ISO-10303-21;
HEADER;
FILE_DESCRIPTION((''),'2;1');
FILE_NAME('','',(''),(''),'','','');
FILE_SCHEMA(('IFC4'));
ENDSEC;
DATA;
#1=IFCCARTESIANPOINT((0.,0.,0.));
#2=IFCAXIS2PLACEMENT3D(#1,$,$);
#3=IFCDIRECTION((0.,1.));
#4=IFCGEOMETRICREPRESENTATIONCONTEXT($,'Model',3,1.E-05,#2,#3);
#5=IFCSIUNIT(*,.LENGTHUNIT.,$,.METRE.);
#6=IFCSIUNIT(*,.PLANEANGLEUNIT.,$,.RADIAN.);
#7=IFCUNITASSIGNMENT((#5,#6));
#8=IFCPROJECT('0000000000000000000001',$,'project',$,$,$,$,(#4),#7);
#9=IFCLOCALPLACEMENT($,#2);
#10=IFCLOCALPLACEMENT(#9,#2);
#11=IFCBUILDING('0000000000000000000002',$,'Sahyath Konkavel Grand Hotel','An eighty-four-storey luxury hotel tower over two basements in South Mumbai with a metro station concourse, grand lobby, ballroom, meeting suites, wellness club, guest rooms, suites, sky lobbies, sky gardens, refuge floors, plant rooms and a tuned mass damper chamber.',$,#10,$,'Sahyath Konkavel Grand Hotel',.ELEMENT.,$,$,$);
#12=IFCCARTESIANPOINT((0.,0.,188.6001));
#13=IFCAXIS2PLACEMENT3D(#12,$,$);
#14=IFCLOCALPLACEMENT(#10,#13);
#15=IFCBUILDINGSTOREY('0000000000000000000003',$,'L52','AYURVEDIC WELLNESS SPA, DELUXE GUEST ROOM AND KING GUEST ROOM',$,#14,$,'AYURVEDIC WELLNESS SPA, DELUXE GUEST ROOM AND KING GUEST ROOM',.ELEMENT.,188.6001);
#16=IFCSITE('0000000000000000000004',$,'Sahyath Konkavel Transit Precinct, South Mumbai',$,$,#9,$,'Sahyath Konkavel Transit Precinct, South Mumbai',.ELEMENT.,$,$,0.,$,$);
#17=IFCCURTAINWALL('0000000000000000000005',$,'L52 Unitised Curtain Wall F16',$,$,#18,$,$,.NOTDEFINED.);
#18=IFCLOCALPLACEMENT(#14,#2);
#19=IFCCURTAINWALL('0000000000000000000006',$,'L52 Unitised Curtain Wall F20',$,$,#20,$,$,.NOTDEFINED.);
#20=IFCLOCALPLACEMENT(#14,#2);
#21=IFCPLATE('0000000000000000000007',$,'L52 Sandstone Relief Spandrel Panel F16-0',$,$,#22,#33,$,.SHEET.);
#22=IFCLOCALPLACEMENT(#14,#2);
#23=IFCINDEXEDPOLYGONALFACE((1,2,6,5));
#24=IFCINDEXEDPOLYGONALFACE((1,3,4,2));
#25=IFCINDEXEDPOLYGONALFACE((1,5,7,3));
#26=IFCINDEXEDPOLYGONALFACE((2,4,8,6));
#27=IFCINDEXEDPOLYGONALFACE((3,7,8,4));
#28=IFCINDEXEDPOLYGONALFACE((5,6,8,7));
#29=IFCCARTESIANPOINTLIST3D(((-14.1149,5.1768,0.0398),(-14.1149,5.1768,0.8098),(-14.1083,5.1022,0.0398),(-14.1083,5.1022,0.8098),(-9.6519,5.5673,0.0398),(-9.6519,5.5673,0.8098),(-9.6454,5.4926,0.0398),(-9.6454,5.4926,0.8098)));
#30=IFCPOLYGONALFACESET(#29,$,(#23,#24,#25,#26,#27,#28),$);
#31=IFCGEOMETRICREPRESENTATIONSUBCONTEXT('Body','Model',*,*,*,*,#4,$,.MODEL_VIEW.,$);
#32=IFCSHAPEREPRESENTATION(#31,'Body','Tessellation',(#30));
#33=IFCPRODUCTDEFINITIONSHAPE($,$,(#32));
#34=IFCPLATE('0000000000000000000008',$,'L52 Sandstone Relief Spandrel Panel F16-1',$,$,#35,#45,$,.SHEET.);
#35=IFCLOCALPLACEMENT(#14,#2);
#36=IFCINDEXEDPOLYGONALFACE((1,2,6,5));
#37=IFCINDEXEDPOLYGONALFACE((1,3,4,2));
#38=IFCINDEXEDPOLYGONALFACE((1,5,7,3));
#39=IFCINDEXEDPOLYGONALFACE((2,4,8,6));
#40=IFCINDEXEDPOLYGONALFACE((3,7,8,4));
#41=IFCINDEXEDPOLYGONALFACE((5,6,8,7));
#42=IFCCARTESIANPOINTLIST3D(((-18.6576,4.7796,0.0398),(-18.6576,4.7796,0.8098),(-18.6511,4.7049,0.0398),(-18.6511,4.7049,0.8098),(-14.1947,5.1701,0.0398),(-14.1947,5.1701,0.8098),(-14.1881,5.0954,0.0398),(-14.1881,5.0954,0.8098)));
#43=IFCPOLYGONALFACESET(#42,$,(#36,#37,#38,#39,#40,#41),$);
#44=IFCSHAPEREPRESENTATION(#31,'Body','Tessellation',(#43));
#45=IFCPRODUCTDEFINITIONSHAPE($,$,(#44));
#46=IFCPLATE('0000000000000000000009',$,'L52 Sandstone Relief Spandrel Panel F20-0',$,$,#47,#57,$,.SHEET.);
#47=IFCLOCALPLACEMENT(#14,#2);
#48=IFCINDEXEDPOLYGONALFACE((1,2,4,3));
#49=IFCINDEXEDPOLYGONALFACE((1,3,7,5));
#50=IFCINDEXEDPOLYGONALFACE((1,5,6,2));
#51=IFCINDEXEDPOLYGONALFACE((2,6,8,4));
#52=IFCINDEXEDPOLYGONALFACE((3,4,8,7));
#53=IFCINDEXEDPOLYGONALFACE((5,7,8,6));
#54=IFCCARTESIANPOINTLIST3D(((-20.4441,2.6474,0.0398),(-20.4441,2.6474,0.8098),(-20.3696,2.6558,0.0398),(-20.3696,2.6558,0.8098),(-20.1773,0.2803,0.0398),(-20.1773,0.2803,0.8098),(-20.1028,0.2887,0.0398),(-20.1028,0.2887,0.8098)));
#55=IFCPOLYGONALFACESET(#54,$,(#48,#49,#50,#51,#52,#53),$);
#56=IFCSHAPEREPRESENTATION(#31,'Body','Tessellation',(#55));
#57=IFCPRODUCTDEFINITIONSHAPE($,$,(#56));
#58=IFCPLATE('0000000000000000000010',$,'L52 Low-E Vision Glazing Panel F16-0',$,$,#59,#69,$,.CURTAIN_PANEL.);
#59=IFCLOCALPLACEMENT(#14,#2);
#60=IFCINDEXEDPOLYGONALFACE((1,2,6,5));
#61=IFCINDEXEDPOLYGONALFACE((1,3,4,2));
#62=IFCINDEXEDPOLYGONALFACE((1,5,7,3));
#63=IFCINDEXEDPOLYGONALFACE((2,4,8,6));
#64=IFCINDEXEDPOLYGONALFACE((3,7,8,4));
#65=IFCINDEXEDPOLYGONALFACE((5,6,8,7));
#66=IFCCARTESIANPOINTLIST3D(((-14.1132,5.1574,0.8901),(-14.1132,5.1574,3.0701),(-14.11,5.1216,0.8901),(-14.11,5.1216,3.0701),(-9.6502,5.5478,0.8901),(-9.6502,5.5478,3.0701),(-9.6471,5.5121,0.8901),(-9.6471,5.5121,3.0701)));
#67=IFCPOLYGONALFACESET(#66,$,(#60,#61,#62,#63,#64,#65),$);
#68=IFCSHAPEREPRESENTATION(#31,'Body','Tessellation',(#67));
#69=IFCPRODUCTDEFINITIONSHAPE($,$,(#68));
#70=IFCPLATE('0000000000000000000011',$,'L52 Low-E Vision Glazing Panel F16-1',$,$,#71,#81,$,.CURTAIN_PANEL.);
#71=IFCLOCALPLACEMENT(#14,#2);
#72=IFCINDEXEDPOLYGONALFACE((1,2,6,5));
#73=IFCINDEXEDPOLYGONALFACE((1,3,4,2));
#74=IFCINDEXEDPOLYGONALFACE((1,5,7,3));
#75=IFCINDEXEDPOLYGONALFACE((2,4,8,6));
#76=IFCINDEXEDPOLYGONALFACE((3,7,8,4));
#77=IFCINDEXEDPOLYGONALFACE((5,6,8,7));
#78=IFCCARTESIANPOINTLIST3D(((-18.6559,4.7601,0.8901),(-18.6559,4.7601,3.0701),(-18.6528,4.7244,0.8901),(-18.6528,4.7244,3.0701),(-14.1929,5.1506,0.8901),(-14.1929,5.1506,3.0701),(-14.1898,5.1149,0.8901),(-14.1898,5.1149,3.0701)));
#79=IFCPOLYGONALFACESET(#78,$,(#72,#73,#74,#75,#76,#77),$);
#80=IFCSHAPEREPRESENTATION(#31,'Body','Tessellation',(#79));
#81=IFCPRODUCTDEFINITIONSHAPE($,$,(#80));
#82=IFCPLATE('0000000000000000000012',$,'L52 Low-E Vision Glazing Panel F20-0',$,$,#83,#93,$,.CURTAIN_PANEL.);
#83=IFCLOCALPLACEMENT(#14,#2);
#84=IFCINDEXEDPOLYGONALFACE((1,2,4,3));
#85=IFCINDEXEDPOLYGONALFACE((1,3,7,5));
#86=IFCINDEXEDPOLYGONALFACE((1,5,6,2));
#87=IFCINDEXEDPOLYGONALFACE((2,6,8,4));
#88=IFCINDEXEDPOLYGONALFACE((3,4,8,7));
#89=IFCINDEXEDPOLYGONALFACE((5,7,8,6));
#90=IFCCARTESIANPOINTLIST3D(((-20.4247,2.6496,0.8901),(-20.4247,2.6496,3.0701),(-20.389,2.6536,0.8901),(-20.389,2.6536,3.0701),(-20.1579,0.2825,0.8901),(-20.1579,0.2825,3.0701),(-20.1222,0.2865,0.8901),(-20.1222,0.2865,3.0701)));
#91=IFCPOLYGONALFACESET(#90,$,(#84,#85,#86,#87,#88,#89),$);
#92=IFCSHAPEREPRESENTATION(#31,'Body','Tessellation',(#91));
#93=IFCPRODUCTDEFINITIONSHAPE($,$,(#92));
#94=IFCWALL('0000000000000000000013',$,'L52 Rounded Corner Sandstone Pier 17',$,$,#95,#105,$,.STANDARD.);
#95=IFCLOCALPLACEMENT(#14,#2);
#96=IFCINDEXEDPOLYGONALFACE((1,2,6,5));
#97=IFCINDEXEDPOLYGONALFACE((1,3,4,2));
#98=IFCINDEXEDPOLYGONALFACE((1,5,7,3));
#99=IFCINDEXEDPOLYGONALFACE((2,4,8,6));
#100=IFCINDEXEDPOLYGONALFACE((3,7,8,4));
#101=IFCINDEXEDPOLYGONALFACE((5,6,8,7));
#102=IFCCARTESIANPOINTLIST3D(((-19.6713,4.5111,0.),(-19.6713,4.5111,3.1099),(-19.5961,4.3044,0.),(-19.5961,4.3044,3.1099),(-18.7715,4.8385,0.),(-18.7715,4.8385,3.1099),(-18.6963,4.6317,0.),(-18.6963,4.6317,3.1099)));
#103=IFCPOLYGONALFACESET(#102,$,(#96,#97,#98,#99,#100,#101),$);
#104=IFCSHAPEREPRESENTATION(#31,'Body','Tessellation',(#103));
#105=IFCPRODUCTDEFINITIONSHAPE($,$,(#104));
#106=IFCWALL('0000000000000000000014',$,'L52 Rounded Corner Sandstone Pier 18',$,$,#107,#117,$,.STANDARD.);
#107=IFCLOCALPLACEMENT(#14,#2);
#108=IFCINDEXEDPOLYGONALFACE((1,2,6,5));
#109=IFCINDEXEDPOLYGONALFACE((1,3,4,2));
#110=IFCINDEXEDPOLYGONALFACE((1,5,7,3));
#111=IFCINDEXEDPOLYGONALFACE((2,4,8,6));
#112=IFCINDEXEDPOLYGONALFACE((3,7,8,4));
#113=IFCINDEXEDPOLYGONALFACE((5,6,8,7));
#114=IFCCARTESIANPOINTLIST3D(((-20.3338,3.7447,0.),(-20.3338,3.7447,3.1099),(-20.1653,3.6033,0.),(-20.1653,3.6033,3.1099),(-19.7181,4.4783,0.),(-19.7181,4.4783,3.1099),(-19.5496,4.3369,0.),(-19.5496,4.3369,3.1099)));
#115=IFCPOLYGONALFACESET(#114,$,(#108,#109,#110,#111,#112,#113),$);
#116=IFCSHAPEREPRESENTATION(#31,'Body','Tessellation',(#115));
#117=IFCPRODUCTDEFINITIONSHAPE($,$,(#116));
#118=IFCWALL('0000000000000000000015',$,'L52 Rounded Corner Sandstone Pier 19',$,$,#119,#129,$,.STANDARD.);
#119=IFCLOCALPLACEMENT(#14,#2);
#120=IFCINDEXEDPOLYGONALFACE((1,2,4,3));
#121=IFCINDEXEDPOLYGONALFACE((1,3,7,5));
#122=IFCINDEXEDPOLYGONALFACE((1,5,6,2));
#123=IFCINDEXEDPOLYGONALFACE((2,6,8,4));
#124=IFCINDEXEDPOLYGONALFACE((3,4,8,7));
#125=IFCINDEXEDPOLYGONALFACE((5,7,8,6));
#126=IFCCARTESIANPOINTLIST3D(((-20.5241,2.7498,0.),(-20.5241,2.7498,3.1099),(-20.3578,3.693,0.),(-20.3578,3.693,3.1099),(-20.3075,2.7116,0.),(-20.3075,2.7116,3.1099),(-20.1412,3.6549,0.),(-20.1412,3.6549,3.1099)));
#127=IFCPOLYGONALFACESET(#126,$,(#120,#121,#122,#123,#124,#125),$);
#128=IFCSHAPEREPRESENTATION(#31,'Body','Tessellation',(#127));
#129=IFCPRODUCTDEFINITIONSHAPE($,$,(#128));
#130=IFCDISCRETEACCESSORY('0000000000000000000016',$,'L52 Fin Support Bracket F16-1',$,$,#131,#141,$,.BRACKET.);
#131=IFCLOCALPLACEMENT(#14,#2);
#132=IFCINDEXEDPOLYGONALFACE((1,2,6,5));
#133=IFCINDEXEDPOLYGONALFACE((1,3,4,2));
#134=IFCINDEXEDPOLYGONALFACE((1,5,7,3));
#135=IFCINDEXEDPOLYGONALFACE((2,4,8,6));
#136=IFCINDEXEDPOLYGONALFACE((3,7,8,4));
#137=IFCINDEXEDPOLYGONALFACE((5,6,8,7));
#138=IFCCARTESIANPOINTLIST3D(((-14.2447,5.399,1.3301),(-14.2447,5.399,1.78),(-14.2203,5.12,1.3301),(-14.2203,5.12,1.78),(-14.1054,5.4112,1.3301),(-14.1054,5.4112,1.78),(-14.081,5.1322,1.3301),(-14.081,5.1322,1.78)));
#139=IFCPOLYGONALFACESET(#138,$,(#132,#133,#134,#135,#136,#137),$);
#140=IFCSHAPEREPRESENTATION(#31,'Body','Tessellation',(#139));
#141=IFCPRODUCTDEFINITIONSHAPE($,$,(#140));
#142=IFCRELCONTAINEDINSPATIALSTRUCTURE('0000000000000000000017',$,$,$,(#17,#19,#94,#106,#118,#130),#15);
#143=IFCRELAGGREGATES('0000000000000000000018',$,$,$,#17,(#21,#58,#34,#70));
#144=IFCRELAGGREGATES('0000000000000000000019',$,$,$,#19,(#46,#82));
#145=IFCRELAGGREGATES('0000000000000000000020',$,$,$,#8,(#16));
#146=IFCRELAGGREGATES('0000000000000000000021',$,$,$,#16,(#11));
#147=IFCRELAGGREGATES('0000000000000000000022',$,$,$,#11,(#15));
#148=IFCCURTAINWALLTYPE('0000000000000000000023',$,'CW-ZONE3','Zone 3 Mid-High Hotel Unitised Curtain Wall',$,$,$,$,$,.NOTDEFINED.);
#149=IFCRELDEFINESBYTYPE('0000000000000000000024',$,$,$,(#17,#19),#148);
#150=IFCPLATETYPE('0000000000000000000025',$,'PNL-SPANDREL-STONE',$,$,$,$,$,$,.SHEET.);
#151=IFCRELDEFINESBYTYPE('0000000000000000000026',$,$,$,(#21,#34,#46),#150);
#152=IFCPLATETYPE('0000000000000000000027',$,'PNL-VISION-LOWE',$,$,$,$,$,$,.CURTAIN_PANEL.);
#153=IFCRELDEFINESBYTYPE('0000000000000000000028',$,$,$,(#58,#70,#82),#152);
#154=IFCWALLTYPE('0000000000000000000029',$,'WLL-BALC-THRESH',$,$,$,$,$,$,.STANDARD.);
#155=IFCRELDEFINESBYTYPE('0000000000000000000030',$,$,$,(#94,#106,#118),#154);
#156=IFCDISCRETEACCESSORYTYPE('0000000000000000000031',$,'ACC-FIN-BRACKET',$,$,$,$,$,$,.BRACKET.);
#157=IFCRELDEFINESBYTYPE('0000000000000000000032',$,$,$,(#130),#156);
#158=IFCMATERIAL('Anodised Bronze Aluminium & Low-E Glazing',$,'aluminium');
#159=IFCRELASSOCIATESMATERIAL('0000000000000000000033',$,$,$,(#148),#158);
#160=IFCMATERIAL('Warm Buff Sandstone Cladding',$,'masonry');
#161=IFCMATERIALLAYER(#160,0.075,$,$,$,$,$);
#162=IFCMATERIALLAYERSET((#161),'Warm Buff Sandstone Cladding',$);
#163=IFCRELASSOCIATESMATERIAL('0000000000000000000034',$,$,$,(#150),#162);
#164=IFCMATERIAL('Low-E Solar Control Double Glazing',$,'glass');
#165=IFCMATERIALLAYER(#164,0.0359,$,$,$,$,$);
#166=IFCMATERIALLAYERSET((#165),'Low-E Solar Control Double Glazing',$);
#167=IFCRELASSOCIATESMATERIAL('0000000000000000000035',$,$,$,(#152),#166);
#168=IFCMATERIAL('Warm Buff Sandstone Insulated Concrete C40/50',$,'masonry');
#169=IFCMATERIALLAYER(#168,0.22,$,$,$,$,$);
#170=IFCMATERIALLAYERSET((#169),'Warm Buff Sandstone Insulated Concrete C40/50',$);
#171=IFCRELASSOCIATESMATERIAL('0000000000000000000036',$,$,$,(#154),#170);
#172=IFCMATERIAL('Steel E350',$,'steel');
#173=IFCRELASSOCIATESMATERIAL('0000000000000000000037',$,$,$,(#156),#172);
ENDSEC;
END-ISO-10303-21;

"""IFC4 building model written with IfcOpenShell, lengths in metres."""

from ifc_helpers import new_model, si_unit, direction, frame, frame_2d, origin, origin_2d, place, context, subcontext, project, spatial, rectangle, extrude, source, transform, mapped, material, layer, layer_set, type_object, element, aggregate, save


model = new_model("IFC4")

# Units and contexts
model_context = context("Model", 3, precision=1e-05, world=origin(), true_north=direction((0.0, 1.0)))
body_context = subcontext(model_context, "Body", "Model", "MODEL_VIEW")
ifc_project = project(units=[si_unit("LENGTHUNIT", "METRE"), si_unit("PLANEANGLEUNIT", "RADIAN")], contexts=[model_context])

# Site, building, storey
site_placement = place(None, origin())
site = spatial("IfcSite", under=ifc_project, at=site_placement, Name="Sahyath Konkavel Transit Precinct, South Mumbai", LongName="Sahyath Konkavel Transit Precinct, South Mumbai", CompositionType="ELEMENT", RefElevation=0.0)
building_placement = place(site_placement, origin())
building = spatial("IfcBuilding", under=site, at=building_placement, Name="Sahyath Konkavel Grand Hotel", Description="An eighty-four-storey luxury hotel tower over two basements in South Mumbai with a metro station concourse, grand lobby, ballroom, meeting suites, wellness club, guest rooms, suites, sky lobbies, sky gardens, refuge floors, plant rooms and a tuned mass damper chamber.", LongName="Sahyath Konkavel Grand Hotel", CompositionType="ELEMENT")
storey_placement = place(building_placement, frame((0.0, 0.0, 188.6001)))
storey = spatial("IfcBuildingStorey", under=building, at=storey_placement, Name="L52", Description="AYURVEDIC WELLNESS SPA, DELUXE GUEST ROOM AND KING GUEST ROOM", LongName="AYURVEDIC WELLNESS SPA, DELUXE GUEST ROOM AND KING GUEST ROOM", CompositionType="ELEMENT", Elevation=188.6001)

# Shared definitions
ifc_material_1 = material(Name="Steel E350", Category="steel")

# Curtain walls
ifc_material_2 = material(Name="Anodised Bronze Aluminium & Low-E Glazing", Category="aluminium")
curtain_wall_type = type_object("IfcCurtainWallType", Name="CW-ZONE3", Description="Zone 3 Mid-High Hotel Unitised Curtain Wall", PredefinedType="NOTDEFINED", material=ifc_material_2)
curtain_wall_1_placement = place(storey_placement, origin())
curtain_wall_1 = element("IfcCurtainWall", 1, at=curtain_wall_1_placement, inside=storey, type_object=curtain_wall_type, Name="L52 Unitised Curtain Wall F16", PredefinedType="NOTDEFINED")
curtain_wall_2_placement = place(storey_placement, origin())
curtain_wall_2 = element("IfcCurtainWall", 2, at=curtain_wall_2_placement, inside=storey, type_object=curtain_wall_type, Name="L52 Unitised Curtain Wall F20", PredefinedType="NOTDEFINED")

# Plates
ifc_material_3 = material(Name="Warm Buff Sandstone Cladding", Category="masonry")
ifc_layer_1 = layer(ifc_material_3, 0.075)
ifc_layer_set_1 = layer_set([ifc_layer_1], Name="Warm Buff Sandstone Cladding")
plate_type_1 = type_object("IfcPlateType", Name="PNL-SPANDREL-STONE", PredefinedType="SHEET", material=ifc_layer_set_1)
shared_shape_1 = source(origin(), body_context, "Body", "SweptSolid", [
    extrude(rectangle(XDim=4.48, YDim=0.075, at=origin_2d()), origin(), (0.0, 0.0, 1.0), 0.77),
])
plate_1_placement = place(storey_placement, frame((-11.8801, 5.3347, 0.0398), z_axis=(0.0, 0.0, 1.0), x_axis=(-0.996195, -0.087156, 0.0)))
plate_1 = element("IfcPlate", 3, at=plate_1_placement, type_object=plate_type_1, Name="L52 Sandstone Relief Spandrel Panel F16-0", PredefinedType="SHEET", context=body_context, shape_type="MappedRepresentation", body=[
    mapped(shared_shape_1, transform((0.0, 0.0, 0.0), scale=1.0)),
])
plate_2_placement = place(storey_placement, frame((-16.4229, 4.9375, 0.0398), z_axis=(0.0, 0.0, 1.0), x_axis=(-0.996195, -0.087156, 0.0)))
plate_2 = element("IfcPlate", 4, at=plate_2_placement, type_object=plate_type_1, Name="L52 Sandstone Relief Spandrel Panel F16-1", PredefinedType="SHEET", context=body_context, shape_type="MappedRepresentation", body=[
    mapped(shared_shape_1, transform((0.0, 0.0, 0.0), scale=1.0)),
])
shared_shape_2 = source(origin(), body_context, "Body", "SweptSolid", [
    extrude(rectangle(XDim=2.3821, YDim=0.075, at=origin_2d()), origin(), (0.0, 0.0, 1.0), 0.77),
])
plate_3_placement = place(storey_placement, frame((-20.2734, 1.468, 0.0398), z_axis=(0.0, 0.0, 1.0), x_axis=(0.111989, -0.993709, 0.0)))
plate_3 = element("IfcPlate", 5, at=plate_3_placement, type_object=plate_type_1, Name="L52 Sandstone Relief Spandrel Panel F20-0", PredefinedType="SHEET", context=body_context, shape_type="MappedRepresentation", body=[
    mapped(shared_shape_2, transform((0.0, 0.0, 0.0), scale=1.0)),
])
ifc_material_4 = material(Name="Low-E Solar Control Double Glazing", Category="glass")
ifc_layer_2 = layer(ifc_material_4, 0.0359)
ifc_layer_set_2 = layer_set([ifc_layer_2], Name="Low-E Solar Control Double Glazing")
plate_type_2 = type_object("IfcPlateType", Name="PNL-VISION-LOWE", PredefinedType="CURTAIN_PANEL", material=ifc_layer_set_2)
shared_shape_3 = source(origin(), body_context, "Body", "SweptSolid", [
    extrude(rectangle(XDim=4.48, YDim=0.0359, at=origin_2d()), origin(), (0.0, 0.0, 1.0), 2.1799),
])
plate_4_placement = place(storey_placement, frame((-11.8801, 5.3347, 0.8901), z_axis=(0.0, 0.0, 1.0), x_axis=(-0.996195, -0.087156, 0.0)))
plate_4 = element("IfcPlate", 6, at=plate_4_placement, type_object=plate_type_2, Name="L52 Low-E Vision Glazing Panel F16-0", PredefinedType="CURTAIN_PANEL", context=body_context, shape_type="MappedRepresentation", body=[
    mapped(shared_shape_3, transform((0.0, 0.0, 0.0), scale=1.0)),
])
plate_5_placement = place(storey_placement, frame((-16.4229, 4.9375, 0.8901), z_axis=(0.0, 0.0, 1.0), x_axis=(-0.996195, -0.087156, 0.0)))
plate_5 = element("IfcPlate", 7, at=plate_5_placement, type_object=plate_type_2, Name="L52 Low-E Vision Glazing Panel F16-1", PredefinedType="CURTAIN_PANEL", context=body_context, shape_type="MappedRepresentation", body=[
    mapped(shared_shape_3, transform((0.0, 0.0, 0.0), scale=1.0)),
])
aggregate(curtain_wall_1, [plate_1, plate_4, plate_2, plate_5])
shared_shape_4 = source(origin(), body_context, "Body", "SweptSolid", [
    extrude(rectangle(XDim=2.3821, YDim=0.0359, at=origin_2d()), origin(), (0.0, 0.0, 1.0), 2.1799),
])
plate_6_placement = place(storey_placement, frame((-20.2734, 1.468, 0.8901), z_axis=(0.0, 0.0, 1.0), x_axis=(0.111989, -0.993709, 0.0)))
plate_6 = element("IfcPlate", 8, at=plate_6_placement, type_object=plate_type_2, Name="L52 Low-E Vision Glazing Panel F20-0", PredefinedType="CURTAIN_PANEL", context=body_context, shape_type="MappedRepresentation", body=[
    mapped(shared_shape_4, transform((0.0, 0.0, 0.0), scale=1.0)),
])
aggregate(curtain_wall_2, [plate_3, plate_6])

# Walls
ifc_material_5 = material(Name="Warm Buff Sandstone Insulated Concrete C40/50", Category="masonry")
ifc_layer_3 = layer(ifc_material_5, 0.22)
ifc_layer_set_3 = layer_set([ifc_layer_3], Name="Warm Buff Sandstone Insulated Concrete C40/50")
wall_type = type_object("IfcWallType", Name="WLL-BALC-THRESH", PredefinedType="STANDARD", material=ifc_layer_set_3)
wall_placement = place(storey_placement, frame((-18.7339, 4.7351, 0.0), z_axis=(0.0, 0.0, 1.0), x_axis=(-0.939741, -0.341886, 0.0)))
element("IfcWall", 9, at=wall_placement, inside=storey, type_object=wall_type, Name="L52 Rounded Corner Sandstone Pier 17", PredefinedType="STANDARD", context=body_context, shape_type="SweptSolid", body=[
    extrude(rectangle(XDim=0.9575, YDim=0.22, at=frame_2d((0.4788, 0.0))), origin(), (0.0, 0.0, 1.0), 3.1099),
])
for number, where, z_axis, x_axis, name in (
    (10, (-19.6338, 4.4077, 0.0), (0.0, 0.0, 1.0), (-0.642863, -0.765981, 0.0), "L52 Rounded Corner Sandstone Pier 18"),
    (11, (-20.2495, 3.6741, 0.0), (0.0, 0.0, 1.0), (-0.173611, -0.984814, 0.0), "L52 Rounded Corner Sandstone Pier 19"),
):
    element("IfcWall", number, at=place(storey_placement, frame(where, z_axis=z_axis, x_axis=x_axis)), inside=storey, type_object=wall_type, Name=name, PredefinedType="STANDARD", context=body_context, shape_type="SweptSolid", body=[
        extrude(rectangle(XDim=0.9578, YDim=0.22, at=frame_2d((0.479, 0.0))), origin(), (0.0, 0.0, 1.0), 3.1099),
    ])

# Discrete accessory
discrete_accessory_type = type_object("IfcDiscreteAccessoryType", Name="ACC-FIN-BRACKET", PredefinedType="BRACKET", material=ifc_material_1)
shared_shape_5 = source(origin(), body_context, "Body", "SweptSolid", [
    extrude(rectangle(XDim=0.28, YDim=0.1399, at=origin_2d()), origin(), (0.0, 0.0, 1.0), 0.45),
])
discrete_accessory_placement = place(storey_placement, frame((-14.1628, 5.2656, 1.3301), z_axis=(0.0, 0.0, 1.0), x_axis=(-0.087156, 0.996195, 0.0)))
element("IfcDiscreteAccessory", 12, at=discrete_accessory_placement, inside=storey, type_object=discrete_accessory_type, Name="L52 Fin Support Bracket F16-1", PredefinedType="BRACKET", context=body_context, shape_type="MappedRepresentation", body=[
    mapped(shared_shape_5, transform((0.0, 0.0, 0.0), scale=1.0)),
])

save(model, "model.ifc")
